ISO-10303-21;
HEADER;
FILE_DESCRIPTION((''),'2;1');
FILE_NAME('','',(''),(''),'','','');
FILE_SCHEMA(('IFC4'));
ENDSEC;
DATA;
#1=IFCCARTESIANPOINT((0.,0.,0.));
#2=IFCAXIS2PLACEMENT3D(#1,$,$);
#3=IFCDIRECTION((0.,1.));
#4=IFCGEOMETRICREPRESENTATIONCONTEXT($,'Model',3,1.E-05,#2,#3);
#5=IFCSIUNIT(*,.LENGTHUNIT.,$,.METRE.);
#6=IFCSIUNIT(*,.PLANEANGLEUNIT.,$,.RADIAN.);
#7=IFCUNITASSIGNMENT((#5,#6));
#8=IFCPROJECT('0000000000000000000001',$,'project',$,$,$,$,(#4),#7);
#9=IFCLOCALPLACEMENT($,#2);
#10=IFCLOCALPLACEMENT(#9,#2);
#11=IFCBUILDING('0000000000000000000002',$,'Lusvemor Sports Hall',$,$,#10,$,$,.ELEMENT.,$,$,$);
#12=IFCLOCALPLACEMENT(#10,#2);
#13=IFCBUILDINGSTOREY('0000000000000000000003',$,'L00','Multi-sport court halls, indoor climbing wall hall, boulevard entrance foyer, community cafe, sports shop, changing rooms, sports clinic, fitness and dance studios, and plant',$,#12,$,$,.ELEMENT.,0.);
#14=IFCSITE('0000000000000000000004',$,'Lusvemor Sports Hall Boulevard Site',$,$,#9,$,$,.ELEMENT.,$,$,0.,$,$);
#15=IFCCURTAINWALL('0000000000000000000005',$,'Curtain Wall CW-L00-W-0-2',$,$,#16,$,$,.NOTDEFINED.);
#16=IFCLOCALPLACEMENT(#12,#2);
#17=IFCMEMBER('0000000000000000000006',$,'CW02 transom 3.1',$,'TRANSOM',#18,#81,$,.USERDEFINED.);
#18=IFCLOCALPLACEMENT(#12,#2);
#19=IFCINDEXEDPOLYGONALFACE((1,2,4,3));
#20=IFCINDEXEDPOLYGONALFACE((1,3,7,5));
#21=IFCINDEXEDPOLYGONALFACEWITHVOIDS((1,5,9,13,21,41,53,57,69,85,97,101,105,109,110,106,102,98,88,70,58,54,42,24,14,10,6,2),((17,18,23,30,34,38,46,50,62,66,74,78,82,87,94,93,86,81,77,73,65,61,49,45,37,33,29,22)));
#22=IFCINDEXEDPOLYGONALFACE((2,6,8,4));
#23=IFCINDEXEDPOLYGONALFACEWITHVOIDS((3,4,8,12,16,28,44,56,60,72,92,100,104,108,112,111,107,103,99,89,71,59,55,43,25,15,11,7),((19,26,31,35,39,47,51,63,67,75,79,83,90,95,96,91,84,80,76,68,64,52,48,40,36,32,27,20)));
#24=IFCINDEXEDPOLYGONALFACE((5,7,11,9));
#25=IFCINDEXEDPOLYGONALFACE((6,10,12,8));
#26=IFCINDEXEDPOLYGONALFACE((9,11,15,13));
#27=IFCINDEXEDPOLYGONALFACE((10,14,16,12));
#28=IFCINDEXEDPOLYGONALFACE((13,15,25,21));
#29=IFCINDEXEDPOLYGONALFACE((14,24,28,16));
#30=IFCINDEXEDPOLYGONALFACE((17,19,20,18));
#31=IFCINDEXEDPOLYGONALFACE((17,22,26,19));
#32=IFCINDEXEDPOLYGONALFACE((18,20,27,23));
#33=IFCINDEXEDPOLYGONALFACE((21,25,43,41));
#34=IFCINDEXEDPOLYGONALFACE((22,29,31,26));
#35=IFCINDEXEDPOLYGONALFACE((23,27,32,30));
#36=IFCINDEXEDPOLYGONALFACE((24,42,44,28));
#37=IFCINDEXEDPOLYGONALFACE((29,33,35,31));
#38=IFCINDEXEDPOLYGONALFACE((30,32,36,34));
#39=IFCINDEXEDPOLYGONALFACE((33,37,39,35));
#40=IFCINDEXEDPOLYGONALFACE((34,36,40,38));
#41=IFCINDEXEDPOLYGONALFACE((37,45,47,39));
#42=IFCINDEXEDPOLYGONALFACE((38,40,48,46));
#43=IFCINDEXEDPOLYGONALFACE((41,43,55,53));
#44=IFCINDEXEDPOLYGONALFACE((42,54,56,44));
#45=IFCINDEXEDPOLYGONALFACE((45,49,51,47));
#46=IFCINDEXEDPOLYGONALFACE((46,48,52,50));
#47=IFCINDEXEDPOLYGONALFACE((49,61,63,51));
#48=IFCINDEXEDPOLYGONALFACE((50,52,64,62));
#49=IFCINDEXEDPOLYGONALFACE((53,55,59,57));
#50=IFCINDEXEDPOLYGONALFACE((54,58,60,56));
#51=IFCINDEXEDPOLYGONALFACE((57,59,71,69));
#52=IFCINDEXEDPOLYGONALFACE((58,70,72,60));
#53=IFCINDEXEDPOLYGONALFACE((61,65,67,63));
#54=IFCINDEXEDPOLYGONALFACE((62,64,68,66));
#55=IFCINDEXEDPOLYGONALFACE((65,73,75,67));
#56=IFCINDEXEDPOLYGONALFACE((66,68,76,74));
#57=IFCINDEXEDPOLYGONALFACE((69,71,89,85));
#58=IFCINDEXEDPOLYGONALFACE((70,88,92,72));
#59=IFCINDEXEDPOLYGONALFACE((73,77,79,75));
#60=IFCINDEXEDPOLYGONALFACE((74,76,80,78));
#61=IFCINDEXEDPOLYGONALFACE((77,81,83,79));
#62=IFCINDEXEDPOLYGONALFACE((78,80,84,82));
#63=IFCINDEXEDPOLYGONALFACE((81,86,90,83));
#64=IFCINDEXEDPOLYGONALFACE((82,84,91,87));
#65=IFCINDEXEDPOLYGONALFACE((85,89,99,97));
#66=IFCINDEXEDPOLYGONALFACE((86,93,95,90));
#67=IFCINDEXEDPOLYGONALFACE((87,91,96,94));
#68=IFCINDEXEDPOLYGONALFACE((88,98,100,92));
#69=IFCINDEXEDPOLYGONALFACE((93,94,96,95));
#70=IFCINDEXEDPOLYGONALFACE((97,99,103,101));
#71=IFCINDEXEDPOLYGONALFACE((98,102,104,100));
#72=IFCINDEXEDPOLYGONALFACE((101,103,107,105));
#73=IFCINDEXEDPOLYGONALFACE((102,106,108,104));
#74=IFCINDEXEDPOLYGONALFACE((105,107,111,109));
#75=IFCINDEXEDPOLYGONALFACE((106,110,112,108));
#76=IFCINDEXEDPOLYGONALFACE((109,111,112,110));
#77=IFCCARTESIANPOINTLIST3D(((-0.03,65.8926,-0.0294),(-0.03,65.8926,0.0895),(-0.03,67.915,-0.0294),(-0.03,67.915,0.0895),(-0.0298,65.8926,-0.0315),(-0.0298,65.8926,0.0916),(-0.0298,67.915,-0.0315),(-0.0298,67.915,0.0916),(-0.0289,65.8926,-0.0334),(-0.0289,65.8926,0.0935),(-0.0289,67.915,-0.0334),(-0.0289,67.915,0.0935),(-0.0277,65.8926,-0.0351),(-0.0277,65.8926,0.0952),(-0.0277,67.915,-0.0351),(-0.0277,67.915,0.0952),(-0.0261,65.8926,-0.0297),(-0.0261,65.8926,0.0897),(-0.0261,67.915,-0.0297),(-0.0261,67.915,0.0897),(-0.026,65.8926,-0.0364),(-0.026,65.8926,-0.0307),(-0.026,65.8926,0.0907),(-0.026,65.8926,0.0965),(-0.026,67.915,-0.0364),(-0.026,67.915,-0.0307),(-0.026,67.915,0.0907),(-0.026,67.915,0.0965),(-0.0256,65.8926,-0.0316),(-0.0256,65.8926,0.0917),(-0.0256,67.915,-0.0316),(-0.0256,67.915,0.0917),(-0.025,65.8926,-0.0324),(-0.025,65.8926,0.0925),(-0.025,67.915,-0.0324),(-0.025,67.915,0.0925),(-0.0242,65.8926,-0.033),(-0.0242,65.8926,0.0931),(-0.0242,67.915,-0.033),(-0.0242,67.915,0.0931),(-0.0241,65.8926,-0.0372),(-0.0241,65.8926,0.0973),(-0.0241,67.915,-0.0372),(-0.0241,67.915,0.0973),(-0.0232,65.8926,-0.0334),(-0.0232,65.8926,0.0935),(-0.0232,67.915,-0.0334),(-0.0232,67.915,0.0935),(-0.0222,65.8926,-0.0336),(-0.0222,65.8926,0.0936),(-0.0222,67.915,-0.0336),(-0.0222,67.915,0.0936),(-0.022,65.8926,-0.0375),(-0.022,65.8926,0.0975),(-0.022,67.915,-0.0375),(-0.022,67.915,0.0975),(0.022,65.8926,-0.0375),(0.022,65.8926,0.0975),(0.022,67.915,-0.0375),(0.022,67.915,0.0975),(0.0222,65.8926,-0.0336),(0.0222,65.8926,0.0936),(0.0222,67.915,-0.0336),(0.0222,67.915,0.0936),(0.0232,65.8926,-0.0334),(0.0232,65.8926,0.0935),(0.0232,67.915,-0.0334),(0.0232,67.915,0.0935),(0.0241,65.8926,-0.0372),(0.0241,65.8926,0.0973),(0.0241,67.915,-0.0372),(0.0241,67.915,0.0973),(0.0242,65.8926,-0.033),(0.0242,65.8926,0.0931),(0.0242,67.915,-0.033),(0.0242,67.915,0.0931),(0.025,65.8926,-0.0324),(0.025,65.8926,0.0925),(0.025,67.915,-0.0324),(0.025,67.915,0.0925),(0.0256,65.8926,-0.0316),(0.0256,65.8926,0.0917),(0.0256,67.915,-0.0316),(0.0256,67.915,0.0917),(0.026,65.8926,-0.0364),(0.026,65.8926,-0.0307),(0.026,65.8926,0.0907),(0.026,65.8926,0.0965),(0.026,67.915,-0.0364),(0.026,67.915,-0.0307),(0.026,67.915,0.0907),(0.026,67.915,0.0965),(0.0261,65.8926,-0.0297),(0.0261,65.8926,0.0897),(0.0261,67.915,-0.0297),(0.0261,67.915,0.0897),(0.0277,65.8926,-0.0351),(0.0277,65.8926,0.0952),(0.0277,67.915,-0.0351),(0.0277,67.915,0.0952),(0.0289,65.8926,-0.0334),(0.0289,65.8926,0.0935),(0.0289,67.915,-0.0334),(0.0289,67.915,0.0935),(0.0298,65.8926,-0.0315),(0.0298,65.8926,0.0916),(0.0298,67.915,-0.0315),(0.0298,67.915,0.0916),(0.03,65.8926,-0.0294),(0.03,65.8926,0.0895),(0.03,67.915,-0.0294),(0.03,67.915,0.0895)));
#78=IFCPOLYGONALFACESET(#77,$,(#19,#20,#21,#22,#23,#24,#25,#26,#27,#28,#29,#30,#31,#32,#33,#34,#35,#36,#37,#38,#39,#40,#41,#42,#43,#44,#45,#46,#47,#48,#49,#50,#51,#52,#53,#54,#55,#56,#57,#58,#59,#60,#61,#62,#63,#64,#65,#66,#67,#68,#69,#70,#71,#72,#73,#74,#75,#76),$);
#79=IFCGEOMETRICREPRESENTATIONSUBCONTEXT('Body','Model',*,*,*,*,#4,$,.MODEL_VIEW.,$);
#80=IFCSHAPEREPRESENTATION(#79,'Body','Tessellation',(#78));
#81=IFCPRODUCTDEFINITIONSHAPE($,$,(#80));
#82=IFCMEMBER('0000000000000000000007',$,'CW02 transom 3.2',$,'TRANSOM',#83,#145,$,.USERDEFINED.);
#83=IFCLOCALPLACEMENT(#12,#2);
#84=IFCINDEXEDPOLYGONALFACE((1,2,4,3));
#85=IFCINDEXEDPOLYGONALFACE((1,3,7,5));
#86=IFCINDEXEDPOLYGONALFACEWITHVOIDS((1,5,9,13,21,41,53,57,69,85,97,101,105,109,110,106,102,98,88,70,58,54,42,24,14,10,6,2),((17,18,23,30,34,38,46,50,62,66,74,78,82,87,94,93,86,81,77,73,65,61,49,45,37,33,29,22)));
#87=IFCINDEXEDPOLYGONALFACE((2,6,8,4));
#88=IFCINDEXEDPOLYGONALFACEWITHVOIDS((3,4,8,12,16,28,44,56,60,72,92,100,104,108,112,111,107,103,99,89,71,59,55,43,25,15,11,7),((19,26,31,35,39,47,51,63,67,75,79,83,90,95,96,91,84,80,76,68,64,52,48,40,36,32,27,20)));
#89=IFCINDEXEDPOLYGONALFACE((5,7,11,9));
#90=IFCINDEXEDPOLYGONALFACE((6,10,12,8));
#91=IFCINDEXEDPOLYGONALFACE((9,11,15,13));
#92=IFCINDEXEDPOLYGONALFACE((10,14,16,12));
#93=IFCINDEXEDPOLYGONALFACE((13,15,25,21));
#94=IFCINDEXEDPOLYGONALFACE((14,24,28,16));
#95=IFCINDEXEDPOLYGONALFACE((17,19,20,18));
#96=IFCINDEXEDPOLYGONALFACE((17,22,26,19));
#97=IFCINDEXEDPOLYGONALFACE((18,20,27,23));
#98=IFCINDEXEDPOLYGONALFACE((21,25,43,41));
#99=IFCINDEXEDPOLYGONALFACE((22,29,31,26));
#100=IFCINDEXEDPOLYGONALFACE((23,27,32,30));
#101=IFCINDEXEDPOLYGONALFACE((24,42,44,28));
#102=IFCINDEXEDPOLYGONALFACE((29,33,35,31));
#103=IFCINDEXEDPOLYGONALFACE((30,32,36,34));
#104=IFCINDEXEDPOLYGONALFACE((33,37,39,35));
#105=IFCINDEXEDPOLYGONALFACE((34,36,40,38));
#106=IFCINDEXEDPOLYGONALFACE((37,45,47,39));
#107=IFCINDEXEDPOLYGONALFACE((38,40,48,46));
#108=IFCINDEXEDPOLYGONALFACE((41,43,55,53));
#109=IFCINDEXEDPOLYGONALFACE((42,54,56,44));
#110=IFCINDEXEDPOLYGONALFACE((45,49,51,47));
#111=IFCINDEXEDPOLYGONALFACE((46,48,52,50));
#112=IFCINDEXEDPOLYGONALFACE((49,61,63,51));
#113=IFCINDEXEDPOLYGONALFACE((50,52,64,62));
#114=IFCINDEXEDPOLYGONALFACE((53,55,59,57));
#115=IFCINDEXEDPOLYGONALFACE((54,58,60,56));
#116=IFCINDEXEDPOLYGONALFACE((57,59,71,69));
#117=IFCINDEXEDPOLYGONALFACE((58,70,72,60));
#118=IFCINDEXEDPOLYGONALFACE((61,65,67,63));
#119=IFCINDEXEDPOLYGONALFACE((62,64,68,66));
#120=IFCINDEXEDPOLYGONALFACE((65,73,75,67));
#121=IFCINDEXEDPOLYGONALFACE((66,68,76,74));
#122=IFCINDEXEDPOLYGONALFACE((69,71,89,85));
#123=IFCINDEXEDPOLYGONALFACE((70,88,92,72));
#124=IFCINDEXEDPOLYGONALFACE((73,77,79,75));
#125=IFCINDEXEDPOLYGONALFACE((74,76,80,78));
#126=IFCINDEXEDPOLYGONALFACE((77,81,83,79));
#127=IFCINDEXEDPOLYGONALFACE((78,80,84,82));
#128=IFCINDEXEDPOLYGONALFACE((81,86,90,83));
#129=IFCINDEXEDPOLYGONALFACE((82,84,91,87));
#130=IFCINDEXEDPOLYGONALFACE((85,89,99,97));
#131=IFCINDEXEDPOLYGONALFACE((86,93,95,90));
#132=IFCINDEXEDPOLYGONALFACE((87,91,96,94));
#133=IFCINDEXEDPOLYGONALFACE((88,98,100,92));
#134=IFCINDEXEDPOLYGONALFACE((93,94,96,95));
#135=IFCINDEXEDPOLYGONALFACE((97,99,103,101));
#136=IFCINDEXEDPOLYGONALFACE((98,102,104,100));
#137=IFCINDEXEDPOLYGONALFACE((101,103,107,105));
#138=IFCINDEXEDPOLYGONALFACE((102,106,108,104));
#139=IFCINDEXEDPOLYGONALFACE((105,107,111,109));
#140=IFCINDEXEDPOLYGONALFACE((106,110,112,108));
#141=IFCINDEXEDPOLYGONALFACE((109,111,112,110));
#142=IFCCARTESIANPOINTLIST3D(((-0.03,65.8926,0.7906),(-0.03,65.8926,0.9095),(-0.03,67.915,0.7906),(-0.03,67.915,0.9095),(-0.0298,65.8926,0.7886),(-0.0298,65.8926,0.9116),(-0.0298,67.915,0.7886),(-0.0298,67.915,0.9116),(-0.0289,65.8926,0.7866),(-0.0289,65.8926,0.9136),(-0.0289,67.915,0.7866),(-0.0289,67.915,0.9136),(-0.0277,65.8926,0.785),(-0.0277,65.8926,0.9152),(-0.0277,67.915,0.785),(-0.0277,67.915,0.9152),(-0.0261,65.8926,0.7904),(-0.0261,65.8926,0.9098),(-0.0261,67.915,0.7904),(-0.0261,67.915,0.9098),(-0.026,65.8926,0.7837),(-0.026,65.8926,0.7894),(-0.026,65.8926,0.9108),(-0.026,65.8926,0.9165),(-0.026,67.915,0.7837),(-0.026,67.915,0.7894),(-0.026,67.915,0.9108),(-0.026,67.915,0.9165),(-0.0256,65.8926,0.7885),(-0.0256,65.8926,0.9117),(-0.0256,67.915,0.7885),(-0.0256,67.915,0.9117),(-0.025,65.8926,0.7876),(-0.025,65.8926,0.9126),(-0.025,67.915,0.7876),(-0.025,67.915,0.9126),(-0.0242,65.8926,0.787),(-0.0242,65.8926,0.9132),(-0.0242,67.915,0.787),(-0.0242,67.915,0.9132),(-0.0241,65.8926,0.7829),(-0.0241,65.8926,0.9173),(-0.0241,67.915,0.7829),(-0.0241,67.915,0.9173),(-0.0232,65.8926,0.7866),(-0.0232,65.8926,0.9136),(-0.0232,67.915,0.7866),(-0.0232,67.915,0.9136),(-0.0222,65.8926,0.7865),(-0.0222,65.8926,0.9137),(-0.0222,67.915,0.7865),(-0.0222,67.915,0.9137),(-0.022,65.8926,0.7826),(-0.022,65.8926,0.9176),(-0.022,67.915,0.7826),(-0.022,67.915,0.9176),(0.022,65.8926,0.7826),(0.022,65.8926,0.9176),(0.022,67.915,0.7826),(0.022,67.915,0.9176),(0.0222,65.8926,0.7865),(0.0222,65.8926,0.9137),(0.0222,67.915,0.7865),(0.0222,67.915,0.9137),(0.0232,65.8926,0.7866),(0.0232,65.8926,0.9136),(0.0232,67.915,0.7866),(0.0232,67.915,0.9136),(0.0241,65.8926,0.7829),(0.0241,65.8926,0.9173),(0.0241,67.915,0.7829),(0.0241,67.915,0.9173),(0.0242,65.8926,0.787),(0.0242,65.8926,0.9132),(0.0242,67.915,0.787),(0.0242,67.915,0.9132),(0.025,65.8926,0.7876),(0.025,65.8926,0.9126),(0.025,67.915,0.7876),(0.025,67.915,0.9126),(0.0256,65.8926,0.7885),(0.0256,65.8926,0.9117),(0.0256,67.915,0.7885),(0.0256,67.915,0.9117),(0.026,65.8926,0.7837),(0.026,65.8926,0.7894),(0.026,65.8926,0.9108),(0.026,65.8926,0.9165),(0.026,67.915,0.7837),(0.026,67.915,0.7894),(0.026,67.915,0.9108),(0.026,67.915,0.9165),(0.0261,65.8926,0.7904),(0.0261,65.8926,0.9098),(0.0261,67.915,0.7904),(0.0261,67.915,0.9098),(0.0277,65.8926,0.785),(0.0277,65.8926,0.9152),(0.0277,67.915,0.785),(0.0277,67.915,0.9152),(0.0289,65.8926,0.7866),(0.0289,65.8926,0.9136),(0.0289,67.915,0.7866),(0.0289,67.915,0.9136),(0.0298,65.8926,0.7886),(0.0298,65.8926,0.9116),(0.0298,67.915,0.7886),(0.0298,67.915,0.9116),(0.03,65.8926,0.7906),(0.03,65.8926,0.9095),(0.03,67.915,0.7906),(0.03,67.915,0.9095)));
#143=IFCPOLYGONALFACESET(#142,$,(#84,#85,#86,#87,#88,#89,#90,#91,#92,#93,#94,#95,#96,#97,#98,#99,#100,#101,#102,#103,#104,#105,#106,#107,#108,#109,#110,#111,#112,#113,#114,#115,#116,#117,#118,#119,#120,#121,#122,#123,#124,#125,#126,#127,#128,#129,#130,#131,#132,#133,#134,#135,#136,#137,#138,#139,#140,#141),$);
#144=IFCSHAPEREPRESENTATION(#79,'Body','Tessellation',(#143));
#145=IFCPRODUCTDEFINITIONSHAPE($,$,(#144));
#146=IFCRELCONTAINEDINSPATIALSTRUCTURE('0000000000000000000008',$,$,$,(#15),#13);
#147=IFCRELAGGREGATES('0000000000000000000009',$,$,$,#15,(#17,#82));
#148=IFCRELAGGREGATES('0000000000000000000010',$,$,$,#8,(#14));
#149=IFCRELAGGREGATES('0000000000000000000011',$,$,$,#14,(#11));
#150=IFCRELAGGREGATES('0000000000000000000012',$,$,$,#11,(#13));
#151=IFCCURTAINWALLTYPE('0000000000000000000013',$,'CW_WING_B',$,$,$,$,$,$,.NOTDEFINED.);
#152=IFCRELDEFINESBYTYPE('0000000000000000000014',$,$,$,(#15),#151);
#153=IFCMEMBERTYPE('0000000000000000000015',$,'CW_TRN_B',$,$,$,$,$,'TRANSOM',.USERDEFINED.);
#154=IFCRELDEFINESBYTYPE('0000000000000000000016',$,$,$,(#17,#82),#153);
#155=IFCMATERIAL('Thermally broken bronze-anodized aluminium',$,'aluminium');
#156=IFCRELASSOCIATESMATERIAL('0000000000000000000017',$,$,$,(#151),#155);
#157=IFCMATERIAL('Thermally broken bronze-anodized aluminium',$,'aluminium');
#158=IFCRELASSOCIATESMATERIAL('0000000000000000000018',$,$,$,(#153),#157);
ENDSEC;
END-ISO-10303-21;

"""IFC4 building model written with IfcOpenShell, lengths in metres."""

from ifc_helpers import new_model, si_unit, direction, frame, origin, origin_2d, place, context, subcontext, project, spatial, hollow_rectangle, extrude, material, material_profile, profile_set, type_object, element, aggregate, save


model = new_model("IFC4")

# Units and contexts
model_context = context("Model", 3, precision=1e-05, world=origin(), true_north=direction((0.0, 1.0)))
body_context = subcontext(model_context, "Body", "Model", "MODEL_VIEW")
ifc_project = project(units=[si_unit("LENGTHUNIT", "METRE"), si_unit("PLANEANGLEUNIT", "RADIAN")], contexts=[model_context])

# Site, building, storey
site_placement = place(None, origin())
site = spatial("IfcSite", under=ifc_project, at=site_placement, Name="Lusvemor Sports Hall Boulevard Site", CompositionType="ELEMENT", RefElevation=0.0)
building_placement = place(site_placement, origin())
building = spatial("IfcBuilding", under=site, at=building_placement, Name="Lusvemor Sports Hall", CompositionType="ELEMENT")
storey_placement = place(building_placement, origin())
storey = spatial("IfcBuildingStorey", under=building, at=storey_placement, Name="L00", Description="Multi-sport court halls, indoor climbing wall hall, boulevard entrance foyer, community cafe, sports shop, changing rooms, sports clinic, fitness and dance studios, and plant", CompositionType="ELEMENT", Elevation=0.0)

# Curtain wall, members
ifc_material_1 = material(Name="Thermally broken bronze-anodized aluminium", Category="aluminium")
curtain_wall_type = type_object("IfcCurtainWallType", Name="CW_WING_B", PredefinedType="NOTDEFINED", material=ifc_material_1)
curtain_wall_placement = place(storey_placement, origin())
curtain_wall = element("IfcCurtainWall", 1, at=curtain_wall_placement, inside=storey, type_object=curtain_wall_type, Name="Curtain Wall CW-L00-W-0-2", PredefinedType="NOTDEFINED")
ifc_material_2 = material(Name="Thermally broken bronze-anodized aluminium", Category="aluminium")
ifc_material_profile_1 = material_profile(ifc_material_2, hollow_rectangle(XDim=0.0601, YDim=0.135, WallThickness=0.0039, InnerFilletRadius=0.0039, OuterFilletRadius=0.0081, at=origin_2d()), Name="CWTRN135x60x4")
ifc_profile_set_1 = profile_set([ifc_material_profile_1], Name="Thermally broken bronze-anodized aluminium")
member_type_1 = type_object("IfcMemberType", Name="CW_TRN_B", ElementType="TRANSOM", PredefinedType="USERDEFINED", material=ifc_profile_set_1)
member_1_placement = place(storey_placement, frame((0.0, 65.8926, 0.03), z_axis=(0.0, 1.0, 0.0), x_axis=(-1.0, 0.0, 0.0)))
member_1 = element("IfcMember", 2, at=member_1_placement, type_object=member_type_1, Name="CW02 transom 3.1", ObjectType="TRANSOM", PredefinedType="USERDEFINED", context=body_context, shape_type="SweptSolid", body=[
    extrude(hollow_rectangle(XDim=0.0601, YDim=0.135, WallThickness=0.0039, InnerFilletRadius=0.0039, OuterFilletRadius=0.0081, at=origin_2d()), origin(), (0.0, 0.0, 1.0), 2.0225),
])
member_2_placement = place(storey_placement, frame((0.0, 65.8926, 0.8501), z_axis=(0.0, 1.0, 0.0), x_axis=(-1.0, 0.0, 0.0)))
member_2 = element("IfcMember", 3, at=member_2_placement, type_object=member_type_1, Name="CW02 transom 3.2", ObjectType="TRANSOM", PredefinedType="USERDEFINED", context=body_context, shape_type="SweptSolid", body=[
    extrude(hollow_rectangle(XDim=0.0601, YDim=0.135, WallThickness=0.0039, InnerFilletRadius=0.0039, OuterFilletRadius=0.0081, at=origin_2d()), origin(), (0.0, 0.0, 1.0), 2.0225),
])
aggregate(curtain_wall, [member_1, member_2])

save(model, "model.ifc")
